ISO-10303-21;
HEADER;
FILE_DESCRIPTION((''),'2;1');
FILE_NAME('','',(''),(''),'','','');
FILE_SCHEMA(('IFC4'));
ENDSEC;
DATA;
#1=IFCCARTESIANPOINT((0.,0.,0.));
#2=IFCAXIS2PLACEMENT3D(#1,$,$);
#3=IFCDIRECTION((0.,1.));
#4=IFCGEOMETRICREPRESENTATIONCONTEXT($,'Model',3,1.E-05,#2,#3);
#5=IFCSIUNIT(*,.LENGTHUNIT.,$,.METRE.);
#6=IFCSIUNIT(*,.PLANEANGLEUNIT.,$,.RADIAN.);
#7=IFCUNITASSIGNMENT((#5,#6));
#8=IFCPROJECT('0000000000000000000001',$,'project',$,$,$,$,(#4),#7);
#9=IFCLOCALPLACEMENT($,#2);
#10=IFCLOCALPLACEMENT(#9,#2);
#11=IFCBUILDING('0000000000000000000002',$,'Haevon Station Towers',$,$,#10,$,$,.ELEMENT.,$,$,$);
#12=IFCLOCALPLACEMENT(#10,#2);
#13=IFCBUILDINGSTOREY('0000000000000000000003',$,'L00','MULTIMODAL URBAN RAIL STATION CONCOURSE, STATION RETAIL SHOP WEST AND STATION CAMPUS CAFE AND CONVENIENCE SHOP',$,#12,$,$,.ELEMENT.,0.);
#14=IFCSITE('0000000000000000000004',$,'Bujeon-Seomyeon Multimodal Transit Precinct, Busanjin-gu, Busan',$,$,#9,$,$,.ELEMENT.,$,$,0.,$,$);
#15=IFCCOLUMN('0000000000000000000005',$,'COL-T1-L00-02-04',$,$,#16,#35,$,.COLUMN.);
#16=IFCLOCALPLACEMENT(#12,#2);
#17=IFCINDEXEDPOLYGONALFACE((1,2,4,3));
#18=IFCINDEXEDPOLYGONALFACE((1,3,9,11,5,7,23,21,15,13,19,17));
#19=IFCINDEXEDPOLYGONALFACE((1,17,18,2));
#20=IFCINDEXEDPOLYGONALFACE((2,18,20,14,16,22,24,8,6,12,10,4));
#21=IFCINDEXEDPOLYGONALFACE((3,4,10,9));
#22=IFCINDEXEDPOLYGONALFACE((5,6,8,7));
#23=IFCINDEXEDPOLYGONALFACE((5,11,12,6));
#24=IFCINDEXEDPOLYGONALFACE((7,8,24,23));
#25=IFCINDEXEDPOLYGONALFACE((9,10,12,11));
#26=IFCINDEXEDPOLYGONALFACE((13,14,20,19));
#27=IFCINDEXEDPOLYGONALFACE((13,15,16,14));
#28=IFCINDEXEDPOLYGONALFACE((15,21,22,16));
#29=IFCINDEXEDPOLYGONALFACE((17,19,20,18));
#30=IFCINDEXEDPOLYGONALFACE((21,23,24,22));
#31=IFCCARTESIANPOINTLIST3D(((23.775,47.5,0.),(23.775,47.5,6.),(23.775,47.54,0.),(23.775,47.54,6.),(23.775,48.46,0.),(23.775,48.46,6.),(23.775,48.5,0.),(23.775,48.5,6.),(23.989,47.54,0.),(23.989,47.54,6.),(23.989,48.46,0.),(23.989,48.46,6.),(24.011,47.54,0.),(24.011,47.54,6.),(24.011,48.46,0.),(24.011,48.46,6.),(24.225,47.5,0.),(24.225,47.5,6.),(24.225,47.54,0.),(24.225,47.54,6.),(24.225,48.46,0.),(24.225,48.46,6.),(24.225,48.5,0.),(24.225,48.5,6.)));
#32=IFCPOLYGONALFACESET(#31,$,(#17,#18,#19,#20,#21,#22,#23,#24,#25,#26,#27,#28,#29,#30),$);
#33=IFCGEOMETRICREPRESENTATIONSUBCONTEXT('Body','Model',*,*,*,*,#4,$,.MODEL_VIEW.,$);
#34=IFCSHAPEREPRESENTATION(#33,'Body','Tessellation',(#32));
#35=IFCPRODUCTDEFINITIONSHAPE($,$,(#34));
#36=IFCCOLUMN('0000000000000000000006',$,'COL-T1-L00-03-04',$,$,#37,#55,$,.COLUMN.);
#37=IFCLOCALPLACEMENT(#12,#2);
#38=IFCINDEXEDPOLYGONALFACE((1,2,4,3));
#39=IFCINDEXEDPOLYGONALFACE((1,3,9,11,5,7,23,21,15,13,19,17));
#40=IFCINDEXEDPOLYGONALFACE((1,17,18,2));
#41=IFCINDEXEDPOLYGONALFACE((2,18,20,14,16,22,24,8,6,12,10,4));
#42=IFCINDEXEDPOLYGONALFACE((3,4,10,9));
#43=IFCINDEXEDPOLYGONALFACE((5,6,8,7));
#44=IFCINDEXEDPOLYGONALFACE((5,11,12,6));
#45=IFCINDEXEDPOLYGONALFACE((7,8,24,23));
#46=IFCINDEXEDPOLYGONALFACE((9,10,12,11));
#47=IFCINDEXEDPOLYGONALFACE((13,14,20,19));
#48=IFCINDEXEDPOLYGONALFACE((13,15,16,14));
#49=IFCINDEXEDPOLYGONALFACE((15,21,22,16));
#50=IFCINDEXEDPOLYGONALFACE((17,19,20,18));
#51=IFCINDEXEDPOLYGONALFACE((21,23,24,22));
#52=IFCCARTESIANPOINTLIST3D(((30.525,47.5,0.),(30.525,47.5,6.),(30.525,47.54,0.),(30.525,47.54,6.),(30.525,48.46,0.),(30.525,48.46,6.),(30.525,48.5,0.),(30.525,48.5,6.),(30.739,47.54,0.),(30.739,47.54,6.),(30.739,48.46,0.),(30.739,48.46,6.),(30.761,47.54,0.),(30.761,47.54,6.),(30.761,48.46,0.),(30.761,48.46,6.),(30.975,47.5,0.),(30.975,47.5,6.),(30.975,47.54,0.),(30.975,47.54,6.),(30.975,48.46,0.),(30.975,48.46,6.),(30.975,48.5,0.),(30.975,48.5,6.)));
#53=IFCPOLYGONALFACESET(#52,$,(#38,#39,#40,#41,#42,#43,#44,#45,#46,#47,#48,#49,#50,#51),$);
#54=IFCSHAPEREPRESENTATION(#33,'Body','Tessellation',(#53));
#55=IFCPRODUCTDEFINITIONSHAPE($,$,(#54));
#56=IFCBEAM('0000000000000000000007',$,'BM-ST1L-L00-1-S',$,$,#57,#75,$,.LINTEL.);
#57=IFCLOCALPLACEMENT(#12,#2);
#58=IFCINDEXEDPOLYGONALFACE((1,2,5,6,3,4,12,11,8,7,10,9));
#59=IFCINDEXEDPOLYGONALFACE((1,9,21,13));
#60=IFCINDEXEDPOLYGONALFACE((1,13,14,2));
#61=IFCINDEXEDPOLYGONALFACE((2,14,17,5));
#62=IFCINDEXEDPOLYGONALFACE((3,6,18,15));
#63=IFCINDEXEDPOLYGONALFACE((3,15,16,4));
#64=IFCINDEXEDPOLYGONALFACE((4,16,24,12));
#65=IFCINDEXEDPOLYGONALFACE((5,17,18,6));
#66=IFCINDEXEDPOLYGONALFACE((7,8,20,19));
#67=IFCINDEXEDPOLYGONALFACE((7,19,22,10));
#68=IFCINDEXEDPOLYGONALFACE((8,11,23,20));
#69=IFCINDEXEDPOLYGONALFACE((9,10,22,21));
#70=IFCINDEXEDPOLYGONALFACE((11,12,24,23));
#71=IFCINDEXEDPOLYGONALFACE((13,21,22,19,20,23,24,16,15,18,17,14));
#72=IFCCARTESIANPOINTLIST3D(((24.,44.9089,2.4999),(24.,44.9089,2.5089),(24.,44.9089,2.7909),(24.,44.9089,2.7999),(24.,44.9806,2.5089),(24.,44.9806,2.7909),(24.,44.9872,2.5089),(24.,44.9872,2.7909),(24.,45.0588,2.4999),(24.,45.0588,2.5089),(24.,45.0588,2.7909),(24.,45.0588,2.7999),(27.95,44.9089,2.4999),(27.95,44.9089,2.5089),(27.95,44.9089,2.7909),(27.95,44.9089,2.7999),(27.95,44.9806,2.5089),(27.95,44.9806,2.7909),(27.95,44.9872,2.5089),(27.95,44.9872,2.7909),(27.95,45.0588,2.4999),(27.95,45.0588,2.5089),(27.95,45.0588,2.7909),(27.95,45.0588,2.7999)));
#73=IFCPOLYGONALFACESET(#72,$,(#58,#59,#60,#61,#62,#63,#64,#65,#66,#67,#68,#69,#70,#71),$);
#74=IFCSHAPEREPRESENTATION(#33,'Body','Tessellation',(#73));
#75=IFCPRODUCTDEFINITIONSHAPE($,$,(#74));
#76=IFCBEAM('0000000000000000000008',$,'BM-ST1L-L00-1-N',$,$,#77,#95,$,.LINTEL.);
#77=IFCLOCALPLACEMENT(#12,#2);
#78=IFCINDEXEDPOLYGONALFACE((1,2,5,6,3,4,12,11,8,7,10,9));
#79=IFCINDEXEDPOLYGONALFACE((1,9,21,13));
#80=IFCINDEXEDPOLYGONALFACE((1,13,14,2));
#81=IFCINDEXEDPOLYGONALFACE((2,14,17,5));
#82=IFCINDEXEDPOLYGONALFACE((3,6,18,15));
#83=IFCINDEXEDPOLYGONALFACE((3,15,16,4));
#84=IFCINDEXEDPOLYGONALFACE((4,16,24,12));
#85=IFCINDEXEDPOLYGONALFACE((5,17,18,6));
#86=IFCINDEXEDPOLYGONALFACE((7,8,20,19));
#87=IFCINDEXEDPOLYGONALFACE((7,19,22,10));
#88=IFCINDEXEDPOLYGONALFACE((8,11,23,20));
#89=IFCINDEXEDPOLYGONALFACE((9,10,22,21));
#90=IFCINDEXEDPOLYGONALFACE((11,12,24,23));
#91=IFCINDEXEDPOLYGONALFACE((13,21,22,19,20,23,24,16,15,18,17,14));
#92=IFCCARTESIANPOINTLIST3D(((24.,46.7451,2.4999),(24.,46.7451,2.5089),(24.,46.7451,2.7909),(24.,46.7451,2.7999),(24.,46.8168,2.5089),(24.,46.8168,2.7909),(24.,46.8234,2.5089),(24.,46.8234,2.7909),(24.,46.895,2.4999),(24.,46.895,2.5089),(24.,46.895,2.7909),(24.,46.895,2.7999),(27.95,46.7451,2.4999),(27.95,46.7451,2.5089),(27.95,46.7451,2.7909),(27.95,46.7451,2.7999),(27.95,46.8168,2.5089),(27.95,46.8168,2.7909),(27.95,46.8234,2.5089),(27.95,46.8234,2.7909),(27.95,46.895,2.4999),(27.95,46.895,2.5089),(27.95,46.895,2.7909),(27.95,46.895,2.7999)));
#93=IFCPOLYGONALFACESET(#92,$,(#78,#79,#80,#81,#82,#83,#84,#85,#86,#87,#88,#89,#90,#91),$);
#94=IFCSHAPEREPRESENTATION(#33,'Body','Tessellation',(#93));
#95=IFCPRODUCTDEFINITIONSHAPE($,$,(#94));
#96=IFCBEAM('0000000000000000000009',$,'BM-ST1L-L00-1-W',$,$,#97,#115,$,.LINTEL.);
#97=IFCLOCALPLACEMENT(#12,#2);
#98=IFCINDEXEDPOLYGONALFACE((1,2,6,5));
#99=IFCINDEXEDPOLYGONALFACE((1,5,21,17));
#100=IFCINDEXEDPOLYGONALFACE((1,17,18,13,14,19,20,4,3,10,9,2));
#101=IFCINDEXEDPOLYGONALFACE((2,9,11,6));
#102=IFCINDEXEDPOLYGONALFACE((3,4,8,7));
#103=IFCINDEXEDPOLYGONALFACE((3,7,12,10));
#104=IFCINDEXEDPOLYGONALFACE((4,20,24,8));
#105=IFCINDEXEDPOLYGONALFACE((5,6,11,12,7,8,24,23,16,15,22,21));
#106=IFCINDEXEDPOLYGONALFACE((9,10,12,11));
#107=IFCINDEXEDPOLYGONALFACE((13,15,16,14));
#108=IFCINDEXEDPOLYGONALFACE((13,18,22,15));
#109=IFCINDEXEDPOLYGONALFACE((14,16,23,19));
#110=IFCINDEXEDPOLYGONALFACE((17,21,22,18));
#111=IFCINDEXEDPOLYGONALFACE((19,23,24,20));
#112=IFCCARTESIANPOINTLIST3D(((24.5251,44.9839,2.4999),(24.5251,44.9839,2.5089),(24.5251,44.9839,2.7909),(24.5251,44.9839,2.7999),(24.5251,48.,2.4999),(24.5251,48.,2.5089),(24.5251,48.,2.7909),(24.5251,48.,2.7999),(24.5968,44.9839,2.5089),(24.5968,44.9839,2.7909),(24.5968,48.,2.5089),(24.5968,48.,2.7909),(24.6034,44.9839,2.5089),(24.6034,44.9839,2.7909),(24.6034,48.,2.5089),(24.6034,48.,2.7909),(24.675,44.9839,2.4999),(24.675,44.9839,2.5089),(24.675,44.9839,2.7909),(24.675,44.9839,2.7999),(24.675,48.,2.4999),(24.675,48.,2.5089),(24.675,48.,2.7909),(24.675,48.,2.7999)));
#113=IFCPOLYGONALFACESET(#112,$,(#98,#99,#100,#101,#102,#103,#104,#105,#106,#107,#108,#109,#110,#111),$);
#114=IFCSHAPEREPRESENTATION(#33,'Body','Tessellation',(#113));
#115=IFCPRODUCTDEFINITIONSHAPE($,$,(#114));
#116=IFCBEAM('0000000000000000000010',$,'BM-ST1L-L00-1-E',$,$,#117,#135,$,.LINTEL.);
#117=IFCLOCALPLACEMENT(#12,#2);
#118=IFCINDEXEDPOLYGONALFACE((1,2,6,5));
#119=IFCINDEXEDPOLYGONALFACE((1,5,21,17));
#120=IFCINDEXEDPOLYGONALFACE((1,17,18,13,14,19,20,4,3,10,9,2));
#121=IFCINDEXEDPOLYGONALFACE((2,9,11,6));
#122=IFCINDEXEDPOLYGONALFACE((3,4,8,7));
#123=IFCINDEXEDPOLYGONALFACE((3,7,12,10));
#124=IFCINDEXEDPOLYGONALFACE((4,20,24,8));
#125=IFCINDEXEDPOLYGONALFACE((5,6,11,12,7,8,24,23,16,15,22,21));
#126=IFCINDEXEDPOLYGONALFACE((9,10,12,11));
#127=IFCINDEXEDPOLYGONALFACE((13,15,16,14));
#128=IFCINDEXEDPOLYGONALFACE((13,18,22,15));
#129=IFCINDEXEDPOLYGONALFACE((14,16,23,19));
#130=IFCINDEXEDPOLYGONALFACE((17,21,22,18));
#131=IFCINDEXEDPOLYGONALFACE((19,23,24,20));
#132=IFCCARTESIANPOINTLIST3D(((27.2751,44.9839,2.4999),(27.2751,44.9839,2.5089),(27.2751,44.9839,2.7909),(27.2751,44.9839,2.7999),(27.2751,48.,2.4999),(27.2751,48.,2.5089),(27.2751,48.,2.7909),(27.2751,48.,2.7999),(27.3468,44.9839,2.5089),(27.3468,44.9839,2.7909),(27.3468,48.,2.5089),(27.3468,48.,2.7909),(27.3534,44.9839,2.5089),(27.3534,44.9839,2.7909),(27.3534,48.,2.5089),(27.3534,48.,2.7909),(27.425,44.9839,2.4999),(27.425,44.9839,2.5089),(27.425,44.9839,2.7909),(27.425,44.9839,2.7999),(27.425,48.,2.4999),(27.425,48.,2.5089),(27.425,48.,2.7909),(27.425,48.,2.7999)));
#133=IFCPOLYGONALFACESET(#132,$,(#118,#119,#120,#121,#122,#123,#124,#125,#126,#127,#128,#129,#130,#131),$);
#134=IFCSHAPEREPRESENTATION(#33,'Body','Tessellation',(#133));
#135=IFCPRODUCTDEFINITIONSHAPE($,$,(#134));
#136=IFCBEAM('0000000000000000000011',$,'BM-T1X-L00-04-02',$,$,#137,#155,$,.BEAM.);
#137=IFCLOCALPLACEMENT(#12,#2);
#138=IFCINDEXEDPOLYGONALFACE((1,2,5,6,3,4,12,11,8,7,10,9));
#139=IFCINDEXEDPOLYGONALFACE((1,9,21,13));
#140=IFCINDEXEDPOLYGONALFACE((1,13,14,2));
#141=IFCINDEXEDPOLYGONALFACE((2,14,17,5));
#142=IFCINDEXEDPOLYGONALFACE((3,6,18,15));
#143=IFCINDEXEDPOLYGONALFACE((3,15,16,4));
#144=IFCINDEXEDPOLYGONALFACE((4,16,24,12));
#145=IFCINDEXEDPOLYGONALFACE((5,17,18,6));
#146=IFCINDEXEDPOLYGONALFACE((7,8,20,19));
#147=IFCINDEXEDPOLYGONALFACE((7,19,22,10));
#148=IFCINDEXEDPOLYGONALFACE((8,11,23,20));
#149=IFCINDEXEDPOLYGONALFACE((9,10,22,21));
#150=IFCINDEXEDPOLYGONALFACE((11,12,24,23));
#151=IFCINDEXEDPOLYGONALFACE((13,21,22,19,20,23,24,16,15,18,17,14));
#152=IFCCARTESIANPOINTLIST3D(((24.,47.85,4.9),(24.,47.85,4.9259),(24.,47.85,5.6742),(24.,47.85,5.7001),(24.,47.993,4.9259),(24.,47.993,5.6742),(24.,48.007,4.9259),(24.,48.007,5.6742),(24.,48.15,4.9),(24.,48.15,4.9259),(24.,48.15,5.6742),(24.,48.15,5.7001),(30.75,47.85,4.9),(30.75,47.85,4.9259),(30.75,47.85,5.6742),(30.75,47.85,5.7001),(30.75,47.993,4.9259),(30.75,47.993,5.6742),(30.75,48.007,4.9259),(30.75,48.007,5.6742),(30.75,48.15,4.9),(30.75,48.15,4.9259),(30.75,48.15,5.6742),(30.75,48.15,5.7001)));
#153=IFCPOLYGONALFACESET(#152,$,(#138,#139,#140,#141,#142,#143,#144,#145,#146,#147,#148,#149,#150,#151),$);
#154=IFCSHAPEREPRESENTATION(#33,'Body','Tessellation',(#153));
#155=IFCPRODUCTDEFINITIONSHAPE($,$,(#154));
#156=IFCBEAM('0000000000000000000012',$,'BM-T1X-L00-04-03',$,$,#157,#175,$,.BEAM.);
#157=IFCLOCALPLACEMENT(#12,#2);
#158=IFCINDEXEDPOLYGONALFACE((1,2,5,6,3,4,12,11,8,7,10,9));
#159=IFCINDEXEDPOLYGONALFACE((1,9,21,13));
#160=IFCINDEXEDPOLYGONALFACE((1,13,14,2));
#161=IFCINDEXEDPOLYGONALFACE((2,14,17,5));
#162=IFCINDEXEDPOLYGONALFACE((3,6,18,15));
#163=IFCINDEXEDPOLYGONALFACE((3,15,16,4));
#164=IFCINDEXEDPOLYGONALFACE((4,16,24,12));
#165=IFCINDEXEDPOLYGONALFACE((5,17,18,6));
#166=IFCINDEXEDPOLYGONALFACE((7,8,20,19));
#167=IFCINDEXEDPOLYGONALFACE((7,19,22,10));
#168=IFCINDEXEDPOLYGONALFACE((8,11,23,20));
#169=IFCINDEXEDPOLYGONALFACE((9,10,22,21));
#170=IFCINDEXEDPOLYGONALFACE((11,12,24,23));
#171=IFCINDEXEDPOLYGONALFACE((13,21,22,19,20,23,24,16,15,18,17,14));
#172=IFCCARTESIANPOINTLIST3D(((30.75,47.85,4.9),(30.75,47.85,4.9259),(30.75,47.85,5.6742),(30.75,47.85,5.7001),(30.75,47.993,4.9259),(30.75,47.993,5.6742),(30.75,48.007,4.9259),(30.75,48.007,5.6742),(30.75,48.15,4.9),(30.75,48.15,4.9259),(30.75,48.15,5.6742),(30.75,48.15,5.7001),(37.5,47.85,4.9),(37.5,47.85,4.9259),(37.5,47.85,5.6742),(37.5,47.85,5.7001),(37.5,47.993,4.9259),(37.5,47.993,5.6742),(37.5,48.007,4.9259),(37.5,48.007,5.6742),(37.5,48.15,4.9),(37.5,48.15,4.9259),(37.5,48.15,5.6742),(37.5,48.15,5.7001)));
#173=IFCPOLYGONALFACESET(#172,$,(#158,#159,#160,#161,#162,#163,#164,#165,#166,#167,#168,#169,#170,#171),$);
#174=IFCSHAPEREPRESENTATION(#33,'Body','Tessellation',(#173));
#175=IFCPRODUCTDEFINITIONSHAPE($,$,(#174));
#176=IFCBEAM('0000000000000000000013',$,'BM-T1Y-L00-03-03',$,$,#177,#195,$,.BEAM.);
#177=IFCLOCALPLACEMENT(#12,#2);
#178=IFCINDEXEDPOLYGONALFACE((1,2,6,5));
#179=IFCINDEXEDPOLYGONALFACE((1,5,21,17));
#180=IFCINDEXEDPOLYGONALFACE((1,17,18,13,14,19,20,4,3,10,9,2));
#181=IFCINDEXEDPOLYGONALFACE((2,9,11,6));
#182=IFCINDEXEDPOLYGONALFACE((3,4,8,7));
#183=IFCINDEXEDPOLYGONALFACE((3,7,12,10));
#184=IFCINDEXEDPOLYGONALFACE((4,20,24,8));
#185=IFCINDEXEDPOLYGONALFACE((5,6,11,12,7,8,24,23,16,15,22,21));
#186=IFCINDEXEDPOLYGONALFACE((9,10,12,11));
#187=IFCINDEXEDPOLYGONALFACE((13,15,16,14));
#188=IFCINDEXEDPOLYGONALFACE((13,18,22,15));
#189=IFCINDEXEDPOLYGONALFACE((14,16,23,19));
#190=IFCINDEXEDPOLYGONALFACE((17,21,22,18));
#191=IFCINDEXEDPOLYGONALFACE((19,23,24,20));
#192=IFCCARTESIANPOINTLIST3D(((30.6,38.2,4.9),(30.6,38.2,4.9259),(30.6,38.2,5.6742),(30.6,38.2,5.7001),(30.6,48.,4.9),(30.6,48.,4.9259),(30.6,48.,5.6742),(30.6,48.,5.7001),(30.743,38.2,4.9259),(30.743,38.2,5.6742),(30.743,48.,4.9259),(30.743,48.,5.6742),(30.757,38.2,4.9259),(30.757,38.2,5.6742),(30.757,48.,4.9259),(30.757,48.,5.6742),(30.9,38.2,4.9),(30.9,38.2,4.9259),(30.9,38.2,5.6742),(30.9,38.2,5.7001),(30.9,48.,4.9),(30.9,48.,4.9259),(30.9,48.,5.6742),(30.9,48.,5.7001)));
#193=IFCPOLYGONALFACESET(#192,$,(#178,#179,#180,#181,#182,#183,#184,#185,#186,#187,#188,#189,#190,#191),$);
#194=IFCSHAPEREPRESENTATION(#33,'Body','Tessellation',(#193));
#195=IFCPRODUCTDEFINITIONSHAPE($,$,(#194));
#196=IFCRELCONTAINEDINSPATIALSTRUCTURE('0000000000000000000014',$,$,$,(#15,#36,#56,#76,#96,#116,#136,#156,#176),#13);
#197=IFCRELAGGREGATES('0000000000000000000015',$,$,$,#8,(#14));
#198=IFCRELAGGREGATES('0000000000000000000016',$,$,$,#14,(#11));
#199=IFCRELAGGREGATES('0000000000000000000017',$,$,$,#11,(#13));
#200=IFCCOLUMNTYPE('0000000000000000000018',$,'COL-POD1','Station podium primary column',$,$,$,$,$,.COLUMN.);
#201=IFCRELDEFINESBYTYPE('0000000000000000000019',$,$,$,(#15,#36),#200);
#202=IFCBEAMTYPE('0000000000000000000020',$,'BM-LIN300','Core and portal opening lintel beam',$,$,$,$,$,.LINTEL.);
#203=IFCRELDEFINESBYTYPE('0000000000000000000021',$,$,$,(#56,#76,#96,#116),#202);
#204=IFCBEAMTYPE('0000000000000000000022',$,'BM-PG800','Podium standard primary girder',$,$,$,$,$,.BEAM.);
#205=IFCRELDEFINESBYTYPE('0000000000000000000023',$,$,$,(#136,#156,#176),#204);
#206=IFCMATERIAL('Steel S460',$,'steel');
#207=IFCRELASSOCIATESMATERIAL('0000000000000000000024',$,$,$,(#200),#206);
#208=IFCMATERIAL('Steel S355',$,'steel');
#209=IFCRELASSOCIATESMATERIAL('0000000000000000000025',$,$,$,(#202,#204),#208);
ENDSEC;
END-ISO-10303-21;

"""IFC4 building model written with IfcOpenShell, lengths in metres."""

from ifc_helpers import new_model, si_unit, direction, frame, origin, origin_2d, place, context, subcontext, project, spatial, i_section, extrude, material, material_profile, profile_set, type_object, element, save


model = new_model("IFC4")

# Units and contexts
model_context = context("Model", 3, precision=1e-05, world=origin(), true_north=direction((0.0, 1.0)))
body_context = subcontext(model_context, "Body", "Model", "MODEL_VIEW")
ifc_project = project(units=[si_unit("LENGTHUNIT", "METRE"), si_unit("PLANEANGLEUNIT", "RADIAN")], contexts=[model_context])

# Site, building, storey
site_placement = place(None, origin())
site = spatial("IfcSite", under=ifc_project, at=site_placement, Name="Bujeon-Seomyeon Multimodal Transit Precinct, Busanjin-gu, Busan", CompositionType="ELEMENT", RefElevation=0.0)
building_placement = place(site_placement, origin())
building = spatial("IfcBuilding", under=site, at=building_placement, Name="Haevon Station Towers", CompositionType="ELEMENT")
storey_placement = place(building_placement, origin())
storey = spatial("IfcBuildingStorey", under=building, at=storey_placement, Name="L00", Description="MULTIMODAL URBAN RAIL STATION CONCOURSE, STATION RETAIL SHOP WEST AND STATION CAMPUS CAFE AND CONVENIENCE SHOP", CompositionType="ELEMENT", Elevation=0.0)

# Columns
ifc_material_1 = material(Name="Steel S460", Category="steel")
ifc_material_profile_1 = material_profile(ifc_material_1, i_section(OverallWidth=0.45, OverallDepth=1.0, WebThickness=0.022, FlangeThickness=0.04, at=origin_2d()), Name="H-1000x450x22x40")
ifc_profile_set_1 = profile_set([ifc_material_profile_1], Name="Steel S460")
column_type = type_object("IfcColumnType", Name="COL-POD1", Description="Station podium primary column", PredefinedType="COLUMN", material=ifc_profile_set_1)
for number, where, z_axis, x_axis, name in (
    (1, (24.0, 48.0, 0.0), (0.0, 0.0, 1.0), (1.0, 0.0, 0.0), "COL-T1-L00-02-04"),
    (2, (30.75, 48.0, 0.0), (0.0, 0.0, 1.0), (1.0, 0.0, 0.0), "COL-T1-L00-03-04"),
):
    element("IfcColumn", number, at=place(storey_placement, frame(where, z_axis=z_axis, x_axis=x_axis)), inside=storey, type_object=column_type, Name=name, PredefinedType="COLUMN", context=body_context, shape_type="SweptSolid", body=[
        extrude(i_section(OverallWidth=0.45, OverallDepth=1.0, WebThickness=0.022, FlangeThickness=0.04, at=origin_2d()), origin(), (0.0, 0.0, 1.0), 6.0),
    ])

# Beams
ifc_material_2 = material(Name="Steel S355", Category="steel")
ifc_material_profile_2 = material_profile(ifc_material_2, i_section(OverallWidth=0.1499, OverallDepth=0.3, WebThickness=0.0066, FlangeThickness=0.009, at=origin_2d()), Name="H-300x150x6.5x9")
ifc_profile_set_2 = profile_set([ifc_material_profile_2], Name="Steel S355")
beam_type_1 = type_object("IfcBeamType", Name="BM-LIN300", Description="Core and portal opening lintel beam", PredefinedType="LINTEL", material=ifc_profile_set_2)
for number, where, z_axis, x_axis, name in (
    (3, (24.0, 44.9839, 2.6499), (1.0, 0.0, 0.0), (0.0, 1.0, 0.0), "BM-ST1L-L00-1-S"),
    (4, (24.0, 46.8201, 2.6499), (1.0, 0.0, 0.0), (0.0, 1.0, 0.0), "BM-ST1L-L00-1-N"),
):
    element("IfcBeam", number, at=place(storey_placement, frame(where, z_axis=z_axis, x_axis=x_axis)), inside=storey, type_object=beam_type_1, Name=name, PredefinedType="LINTEL", context=body_context, shape_type="SweptSolid", body=[
        extrude(i_section(OverallWidth=0.1499, OverallDepth=0.3, WebThickness=0.0066, FlangeThickness=0.009, at=origin_2d()), origin(), (0.0, 0.0, 1.0), 3.95),
    ])
for number, where, z_axis, x_axis, name in (
    (5, (24.6001, 44.9839, 2.6499), (0.0, 1.0, 0.0), (-1.0, 0.0, 0.0), "BM-ST1L-L00-1-W"),
    (6, (27.3501, 44.9839, 2.6499), (0.0, 1.0, 0.0), (-1.0, 0.0, 0.0), "BM-ST1L-L00-1-E"),
):
    element("IfcBeam", number, at=place(storey_placement, frame(where, z_axis=z_axis, x_axis=x_axis)), inside=storey, type_object=beam_type_1, Name=name, PredefinedType="LINTEL", context=body_context, shape_type="SweptSolid", body=[
        extrude(i_section(OverallWidth=0.1499, OverallDepth=0.3, WebThickness=0.0066, FlangeThickness=0.009, at=origin_2d()), origin(), (0.0, 0.0, 1.0), 3.0161),
    ])
ifc_material_profile_3 = material_profile(ifc_material_2, i_section(OverallWidth=0.3, OverallDepth=0.8, WebThickness=0.0139, FlangeThickness=0.0259, at=origin_2d()), Name="H-800x300x14x26")
ifc_profile_set_3 = profile_set([ifc_material_profile_3], Name="Steel S355")
beam_type_2 = type_object("IfcBeamType", Name="BM-PG800", Description="Podium standard primary girder", PredefinedType="BEAM", material=ifc_profile_set_3)
for number, where, z_axis, x_axis, name in (
    (7, (24.0, 48.0, 5.3), (1.0, 0.0, 0.0), (0.0, 1.0, 0.0), "BM-T1X-L00-04-02"),
    (8, (30.75, 48.0, 5.3), (1.0, 0.0, 0.0), (0.0, 1.0, 0.0), "BM-T1X-L00-04-03"),
):
    element("IfcBeam", number, at=place(storey_placement, frame(where, z_axis=z_axis, x_axis=x_axis)), inside=storey, type_object=beam_type_2, Name=name, PredefinedType="BEAM", context=body_context, shape_type="SweptSolid", body=[
        extrude(i_section(OverallWidth=0.3, OverallDepth=0.8, WebThickness=0.0139, FlangeThickness=0.0259, at=origin_2d()), origin(), (0.0, 0.0, 1.0), 6.75),
    ])
beam_placement = place(storey_placement, frame((30.75, 38.2, 5.3), z_axis=(0.0, 1.0, 0.0), x_axis=(-1.0, 0.0, 0.0)))
element("IfcBeam", 9, at=beam_placement, inside=storey, type_object=beam_type_2, Name="BM-T1Y-L00-03-03", PredefinedType="BEAM", context=body_context, shape_type="SweptSolid", body=[
    extrude(i_section(OverallWidth=0.3, OverallDepth=0.8, WebThickness=0.0139, FlangeThickness=0.0259, at=origin_2d()), origin(), (0.0, 0.0, 1.0), 9.8),
])

save(model, "model.ifc")
